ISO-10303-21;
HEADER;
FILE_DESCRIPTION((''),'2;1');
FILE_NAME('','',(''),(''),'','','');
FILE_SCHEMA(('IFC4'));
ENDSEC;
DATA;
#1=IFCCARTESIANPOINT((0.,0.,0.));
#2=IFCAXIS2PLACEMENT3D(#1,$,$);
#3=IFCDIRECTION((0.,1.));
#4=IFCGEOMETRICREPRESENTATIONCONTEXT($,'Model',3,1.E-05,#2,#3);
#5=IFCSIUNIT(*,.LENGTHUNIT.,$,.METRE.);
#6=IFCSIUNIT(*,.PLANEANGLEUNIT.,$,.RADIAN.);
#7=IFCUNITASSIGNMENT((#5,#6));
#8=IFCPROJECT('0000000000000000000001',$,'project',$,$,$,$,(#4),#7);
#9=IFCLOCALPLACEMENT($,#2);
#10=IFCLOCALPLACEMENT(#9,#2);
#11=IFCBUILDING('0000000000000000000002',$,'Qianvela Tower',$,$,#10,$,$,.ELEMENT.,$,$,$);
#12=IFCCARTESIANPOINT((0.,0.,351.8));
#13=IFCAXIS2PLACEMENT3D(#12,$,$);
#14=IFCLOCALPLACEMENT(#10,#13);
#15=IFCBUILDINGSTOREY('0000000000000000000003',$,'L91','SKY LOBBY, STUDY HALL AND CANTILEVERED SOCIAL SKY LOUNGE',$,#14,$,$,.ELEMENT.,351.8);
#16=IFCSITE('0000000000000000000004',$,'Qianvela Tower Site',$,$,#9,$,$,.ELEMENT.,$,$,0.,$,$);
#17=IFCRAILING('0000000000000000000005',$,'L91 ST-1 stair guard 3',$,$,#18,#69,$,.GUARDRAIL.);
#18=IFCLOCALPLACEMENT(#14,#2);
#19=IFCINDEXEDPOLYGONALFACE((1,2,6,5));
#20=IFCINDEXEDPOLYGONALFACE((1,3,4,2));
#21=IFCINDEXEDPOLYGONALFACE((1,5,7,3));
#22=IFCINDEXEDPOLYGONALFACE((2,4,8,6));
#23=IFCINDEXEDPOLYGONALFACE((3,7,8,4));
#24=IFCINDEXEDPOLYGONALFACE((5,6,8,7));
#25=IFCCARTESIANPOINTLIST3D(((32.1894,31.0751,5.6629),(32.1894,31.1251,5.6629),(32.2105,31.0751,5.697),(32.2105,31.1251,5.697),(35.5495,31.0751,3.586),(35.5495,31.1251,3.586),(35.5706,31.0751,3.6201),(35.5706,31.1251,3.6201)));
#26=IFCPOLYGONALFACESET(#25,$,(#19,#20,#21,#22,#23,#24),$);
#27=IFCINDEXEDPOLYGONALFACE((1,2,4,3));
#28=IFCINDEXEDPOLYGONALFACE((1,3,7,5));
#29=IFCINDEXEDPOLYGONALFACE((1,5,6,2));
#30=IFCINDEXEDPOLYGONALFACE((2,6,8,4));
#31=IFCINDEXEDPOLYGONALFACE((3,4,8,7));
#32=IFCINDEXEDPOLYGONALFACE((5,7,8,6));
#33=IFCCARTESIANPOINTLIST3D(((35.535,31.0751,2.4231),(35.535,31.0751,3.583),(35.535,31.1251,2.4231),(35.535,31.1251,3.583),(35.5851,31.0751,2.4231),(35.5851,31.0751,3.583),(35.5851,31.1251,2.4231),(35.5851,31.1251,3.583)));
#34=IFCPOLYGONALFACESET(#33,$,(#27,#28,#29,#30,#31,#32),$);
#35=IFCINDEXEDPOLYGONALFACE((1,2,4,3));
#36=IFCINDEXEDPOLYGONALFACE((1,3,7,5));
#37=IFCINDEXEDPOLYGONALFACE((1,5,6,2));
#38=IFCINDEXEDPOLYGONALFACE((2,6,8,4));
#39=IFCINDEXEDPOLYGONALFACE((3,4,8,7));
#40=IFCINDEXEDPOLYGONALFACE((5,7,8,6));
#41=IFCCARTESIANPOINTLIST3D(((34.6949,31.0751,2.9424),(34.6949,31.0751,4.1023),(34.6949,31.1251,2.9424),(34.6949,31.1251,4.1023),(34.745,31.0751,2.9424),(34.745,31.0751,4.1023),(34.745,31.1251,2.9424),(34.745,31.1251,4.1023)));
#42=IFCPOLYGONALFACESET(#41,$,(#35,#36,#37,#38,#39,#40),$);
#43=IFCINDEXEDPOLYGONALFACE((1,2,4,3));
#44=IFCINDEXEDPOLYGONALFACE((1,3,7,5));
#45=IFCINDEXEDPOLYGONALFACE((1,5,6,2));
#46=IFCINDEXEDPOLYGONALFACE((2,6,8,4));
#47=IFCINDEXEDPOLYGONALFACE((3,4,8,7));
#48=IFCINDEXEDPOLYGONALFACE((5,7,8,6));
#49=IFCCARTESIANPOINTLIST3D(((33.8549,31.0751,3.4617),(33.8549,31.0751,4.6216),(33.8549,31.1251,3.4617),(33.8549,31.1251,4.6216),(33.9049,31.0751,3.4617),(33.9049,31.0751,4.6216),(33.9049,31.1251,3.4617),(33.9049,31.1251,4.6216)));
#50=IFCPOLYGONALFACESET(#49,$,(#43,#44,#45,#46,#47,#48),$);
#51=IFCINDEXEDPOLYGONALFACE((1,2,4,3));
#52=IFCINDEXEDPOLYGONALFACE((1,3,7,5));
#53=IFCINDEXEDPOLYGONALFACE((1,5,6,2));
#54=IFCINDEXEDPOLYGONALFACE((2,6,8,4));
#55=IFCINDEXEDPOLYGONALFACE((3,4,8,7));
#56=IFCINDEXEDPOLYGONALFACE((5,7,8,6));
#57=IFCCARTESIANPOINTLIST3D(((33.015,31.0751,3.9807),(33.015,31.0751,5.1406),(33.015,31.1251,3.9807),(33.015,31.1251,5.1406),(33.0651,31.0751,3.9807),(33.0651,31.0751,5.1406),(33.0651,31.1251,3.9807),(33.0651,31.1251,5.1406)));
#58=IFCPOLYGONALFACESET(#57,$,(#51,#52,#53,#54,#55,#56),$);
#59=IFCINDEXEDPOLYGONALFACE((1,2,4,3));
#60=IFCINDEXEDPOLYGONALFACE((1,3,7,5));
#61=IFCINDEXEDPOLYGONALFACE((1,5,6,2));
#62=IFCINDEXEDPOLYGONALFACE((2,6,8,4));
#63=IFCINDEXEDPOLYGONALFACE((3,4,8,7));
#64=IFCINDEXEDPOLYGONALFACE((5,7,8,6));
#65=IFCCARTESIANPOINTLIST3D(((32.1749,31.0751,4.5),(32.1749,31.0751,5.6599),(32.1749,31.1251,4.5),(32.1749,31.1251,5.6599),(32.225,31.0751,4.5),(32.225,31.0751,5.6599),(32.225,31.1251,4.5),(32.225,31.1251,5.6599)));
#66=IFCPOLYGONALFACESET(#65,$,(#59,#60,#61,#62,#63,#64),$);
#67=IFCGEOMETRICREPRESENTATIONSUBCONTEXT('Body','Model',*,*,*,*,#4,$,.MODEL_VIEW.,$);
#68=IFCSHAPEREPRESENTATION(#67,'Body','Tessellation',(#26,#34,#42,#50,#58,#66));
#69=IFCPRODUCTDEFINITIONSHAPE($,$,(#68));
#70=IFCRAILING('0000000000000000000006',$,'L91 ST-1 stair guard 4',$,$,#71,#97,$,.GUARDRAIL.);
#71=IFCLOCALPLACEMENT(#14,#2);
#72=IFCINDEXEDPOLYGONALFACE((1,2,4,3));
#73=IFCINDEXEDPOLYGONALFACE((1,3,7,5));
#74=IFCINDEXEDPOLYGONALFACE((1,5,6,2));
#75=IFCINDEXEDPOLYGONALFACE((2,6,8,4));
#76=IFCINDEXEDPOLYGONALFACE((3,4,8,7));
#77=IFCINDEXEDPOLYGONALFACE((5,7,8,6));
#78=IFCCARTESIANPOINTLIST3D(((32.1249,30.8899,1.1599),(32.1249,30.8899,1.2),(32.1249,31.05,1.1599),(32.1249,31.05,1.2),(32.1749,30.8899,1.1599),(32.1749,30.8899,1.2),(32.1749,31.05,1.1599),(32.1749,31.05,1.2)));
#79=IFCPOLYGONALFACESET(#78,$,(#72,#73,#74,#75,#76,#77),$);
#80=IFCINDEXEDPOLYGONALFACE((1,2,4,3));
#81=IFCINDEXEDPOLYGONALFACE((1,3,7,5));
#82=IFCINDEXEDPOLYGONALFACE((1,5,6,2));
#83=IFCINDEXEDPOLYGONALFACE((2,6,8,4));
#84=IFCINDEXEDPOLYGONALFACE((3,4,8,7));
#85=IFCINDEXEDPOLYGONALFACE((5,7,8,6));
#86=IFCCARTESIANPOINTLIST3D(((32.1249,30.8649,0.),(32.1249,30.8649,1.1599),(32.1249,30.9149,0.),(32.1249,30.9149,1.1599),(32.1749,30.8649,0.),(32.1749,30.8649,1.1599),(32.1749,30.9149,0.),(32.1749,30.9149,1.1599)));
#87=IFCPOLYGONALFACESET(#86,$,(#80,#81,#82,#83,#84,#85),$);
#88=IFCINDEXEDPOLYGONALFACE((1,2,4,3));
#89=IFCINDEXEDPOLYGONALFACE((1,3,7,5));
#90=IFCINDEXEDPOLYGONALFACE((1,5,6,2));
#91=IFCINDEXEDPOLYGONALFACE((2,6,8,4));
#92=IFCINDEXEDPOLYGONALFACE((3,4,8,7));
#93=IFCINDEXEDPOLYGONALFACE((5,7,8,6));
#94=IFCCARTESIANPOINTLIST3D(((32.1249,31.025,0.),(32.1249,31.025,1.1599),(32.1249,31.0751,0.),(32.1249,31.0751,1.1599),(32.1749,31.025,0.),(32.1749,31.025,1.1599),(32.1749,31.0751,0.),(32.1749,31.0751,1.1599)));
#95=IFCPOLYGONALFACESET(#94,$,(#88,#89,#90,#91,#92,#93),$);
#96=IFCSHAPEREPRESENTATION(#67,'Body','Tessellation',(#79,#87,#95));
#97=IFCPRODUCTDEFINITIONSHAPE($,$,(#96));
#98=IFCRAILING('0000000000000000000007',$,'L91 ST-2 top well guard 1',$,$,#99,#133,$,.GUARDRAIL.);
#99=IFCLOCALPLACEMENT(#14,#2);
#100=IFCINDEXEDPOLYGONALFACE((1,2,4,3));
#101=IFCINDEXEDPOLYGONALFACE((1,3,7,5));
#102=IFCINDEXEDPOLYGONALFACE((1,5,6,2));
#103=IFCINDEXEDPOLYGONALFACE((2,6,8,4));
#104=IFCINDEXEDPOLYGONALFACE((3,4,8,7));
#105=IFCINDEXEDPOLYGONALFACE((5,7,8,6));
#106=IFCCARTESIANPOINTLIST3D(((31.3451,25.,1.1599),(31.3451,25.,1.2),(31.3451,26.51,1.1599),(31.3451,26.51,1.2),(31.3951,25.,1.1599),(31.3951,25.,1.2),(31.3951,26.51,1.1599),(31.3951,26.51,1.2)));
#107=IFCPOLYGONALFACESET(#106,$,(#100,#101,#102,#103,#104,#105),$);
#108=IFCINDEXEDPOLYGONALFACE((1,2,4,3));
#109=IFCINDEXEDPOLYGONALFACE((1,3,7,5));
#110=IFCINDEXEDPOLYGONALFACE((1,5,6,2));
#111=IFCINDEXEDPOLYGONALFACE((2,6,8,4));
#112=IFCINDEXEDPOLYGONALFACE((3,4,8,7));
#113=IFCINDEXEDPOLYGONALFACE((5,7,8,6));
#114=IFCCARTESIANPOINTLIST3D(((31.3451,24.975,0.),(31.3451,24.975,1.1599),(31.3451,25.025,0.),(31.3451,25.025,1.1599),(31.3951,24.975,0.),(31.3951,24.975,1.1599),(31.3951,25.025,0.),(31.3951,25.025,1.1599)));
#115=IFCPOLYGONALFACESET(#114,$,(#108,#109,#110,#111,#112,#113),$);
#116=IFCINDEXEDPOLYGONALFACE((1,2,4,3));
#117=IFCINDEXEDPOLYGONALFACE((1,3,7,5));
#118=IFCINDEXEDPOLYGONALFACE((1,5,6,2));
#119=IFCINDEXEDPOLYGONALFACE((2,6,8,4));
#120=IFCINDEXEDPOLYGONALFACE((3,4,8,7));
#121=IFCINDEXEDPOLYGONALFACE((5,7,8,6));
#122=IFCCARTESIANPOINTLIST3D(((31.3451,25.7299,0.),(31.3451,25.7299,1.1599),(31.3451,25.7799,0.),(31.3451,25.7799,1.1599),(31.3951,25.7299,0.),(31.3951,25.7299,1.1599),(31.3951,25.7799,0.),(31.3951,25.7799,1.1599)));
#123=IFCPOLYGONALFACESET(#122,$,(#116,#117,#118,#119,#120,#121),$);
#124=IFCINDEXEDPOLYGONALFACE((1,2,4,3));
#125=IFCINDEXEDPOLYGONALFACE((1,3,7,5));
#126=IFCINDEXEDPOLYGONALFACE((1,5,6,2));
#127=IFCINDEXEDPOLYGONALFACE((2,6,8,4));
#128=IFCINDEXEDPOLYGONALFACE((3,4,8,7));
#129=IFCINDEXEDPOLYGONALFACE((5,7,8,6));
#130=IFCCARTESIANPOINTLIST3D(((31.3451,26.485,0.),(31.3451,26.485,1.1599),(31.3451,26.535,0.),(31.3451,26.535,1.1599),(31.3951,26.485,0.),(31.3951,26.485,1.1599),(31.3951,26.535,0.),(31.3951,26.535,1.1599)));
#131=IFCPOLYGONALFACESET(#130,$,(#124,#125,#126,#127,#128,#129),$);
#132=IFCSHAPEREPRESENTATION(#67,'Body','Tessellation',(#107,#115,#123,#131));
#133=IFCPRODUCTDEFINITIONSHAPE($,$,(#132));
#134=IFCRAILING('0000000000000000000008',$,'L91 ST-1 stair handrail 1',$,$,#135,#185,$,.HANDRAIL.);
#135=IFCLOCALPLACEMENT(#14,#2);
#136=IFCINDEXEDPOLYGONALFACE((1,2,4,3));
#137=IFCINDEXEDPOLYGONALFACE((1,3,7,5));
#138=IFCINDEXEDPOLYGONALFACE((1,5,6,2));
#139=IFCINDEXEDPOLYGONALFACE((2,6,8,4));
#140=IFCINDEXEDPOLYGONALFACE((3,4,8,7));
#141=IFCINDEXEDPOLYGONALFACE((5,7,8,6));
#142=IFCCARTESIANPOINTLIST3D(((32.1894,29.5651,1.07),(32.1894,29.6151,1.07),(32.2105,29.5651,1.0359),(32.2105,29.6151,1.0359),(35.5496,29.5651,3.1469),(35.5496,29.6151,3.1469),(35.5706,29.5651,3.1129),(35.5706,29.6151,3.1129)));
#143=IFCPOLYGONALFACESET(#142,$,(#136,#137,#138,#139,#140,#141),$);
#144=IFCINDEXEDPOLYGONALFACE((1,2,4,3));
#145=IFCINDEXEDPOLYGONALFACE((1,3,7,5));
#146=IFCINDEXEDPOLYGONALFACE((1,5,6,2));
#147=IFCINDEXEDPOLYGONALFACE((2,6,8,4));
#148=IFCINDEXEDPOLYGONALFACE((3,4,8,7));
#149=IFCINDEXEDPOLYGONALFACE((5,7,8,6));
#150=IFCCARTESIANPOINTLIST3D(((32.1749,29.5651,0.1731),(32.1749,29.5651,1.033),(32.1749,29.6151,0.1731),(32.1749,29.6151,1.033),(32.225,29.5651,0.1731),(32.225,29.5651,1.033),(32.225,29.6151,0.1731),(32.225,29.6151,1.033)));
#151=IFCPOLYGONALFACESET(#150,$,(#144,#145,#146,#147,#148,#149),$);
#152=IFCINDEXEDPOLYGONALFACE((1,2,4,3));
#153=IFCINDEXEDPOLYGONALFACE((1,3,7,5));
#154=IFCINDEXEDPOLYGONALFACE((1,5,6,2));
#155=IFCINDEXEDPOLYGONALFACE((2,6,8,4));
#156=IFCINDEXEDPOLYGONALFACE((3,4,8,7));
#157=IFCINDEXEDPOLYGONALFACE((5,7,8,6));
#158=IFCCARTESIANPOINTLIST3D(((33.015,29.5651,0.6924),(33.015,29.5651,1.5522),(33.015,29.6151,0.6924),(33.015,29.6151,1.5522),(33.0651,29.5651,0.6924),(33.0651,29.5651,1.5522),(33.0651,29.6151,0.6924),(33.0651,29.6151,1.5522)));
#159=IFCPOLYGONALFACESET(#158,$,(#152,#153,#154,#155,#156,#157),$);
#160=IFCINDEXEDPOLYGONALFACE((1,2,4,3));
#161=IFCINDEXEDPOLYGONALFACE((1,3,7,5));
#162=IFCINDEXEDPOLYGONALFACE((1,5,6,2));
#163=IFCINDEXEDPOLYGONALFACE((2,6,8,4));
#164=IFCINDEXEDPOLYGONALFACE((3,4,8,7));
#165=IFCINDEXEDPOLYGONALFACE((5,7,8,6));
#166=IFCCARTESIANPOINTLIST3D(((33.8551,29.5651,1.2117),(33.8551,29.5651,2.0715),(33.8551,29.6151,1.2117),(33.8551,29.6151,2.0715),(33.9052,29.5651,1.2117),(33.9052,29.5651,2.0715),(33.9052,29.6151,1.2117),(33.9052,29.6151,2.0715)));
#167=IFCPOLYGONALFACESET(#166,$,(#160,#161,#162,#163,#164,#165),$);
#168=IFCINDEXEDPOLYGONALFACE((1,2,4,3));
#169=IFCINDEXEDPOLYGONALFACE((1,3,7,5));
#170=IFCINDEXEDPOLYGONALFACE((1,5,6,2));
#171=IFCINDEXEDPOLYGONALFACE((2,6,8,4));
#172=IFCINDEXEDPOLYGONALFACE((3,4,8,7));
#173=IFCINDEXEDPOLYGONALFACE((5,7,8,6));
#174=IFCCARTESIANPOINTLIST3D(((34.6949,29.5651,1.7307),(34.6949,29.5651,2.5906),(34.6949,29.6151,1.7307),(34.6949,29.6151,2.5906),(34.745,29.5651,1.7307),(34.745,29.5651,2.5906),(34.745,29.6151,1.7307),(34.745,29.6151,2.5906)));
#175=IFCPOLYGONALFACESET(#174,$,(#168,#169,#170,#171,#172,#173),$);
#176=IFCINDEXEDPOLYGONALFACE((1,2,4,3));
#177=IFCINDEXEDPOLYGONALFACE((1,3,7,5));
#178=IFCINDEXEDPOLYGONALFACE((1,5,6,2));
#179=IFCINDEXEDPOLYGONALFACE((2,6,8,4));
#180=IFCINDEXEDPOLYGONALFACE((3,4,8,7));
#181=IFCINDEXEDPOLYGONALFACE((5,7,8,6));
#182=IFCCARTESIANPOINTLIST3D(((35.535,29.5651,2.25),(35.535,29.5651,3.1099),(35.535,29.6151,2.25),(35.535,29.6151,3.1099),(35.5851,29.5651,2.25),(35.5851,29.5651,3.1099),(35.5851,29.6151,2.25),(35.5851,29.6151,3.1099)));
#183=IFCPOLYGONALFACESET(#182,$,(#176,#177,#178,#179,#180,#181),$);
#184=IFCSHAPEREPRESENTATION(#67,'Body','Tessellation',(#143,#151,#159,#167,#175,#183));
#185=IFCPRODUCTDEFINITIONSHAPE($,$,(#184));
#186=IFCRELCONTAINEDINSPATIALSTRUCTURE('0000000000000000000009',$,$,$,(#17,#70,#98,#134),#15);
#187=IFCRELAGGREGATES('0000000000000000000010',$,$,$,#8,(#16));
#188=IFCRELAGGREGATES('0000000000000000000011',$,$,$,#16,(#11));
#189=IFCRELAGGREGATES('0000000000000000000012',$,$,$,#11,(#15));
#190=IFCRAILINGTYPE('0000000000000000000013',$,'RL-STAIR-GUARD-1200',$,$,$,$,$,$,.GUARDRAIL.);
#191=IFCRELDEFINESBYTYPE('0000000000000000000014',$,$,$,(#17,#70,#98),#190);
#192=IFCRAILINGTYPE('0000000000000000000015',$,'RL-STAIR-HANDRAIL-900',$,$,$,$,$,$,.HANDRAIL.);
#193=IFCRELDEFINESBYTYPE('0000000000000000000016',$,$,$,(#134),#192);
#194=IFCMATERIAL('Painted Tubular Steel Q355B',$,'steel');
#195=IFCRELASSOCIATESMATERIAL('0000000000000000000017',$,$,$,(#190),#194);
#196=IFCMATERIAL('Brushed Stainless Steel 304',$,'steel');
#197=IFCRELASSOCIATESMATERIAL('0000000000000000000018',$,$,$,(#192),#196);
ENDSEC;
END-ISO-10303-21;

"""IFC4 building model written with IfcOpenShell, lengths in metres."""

from ifc_helpers import new_model, si_unit, direction, frame, origin, origin_2d, place, context, subcontext, project, spatial, rectangle, extrude, material, type_object, element, save


model = new_model("IFC4")

# Units and contexts
model_context = context("Model", 3, precision=1e-05, world=origin(), true_north=direction((0.0, 1.0)))
body_context = subcontext(model_context, "Body", "Model", "MODEL_VIEW")
ifc_project = project(units=[si_unit("LENGTHUNIT", "METRE"), si_unit("PLANEANGLEUNIT", "RADIAN")], contexts=[model_context])

# Site, building, storey
site_placement = place(None, origin())
site = spatial("IfcSite", under=ifc_project, at=site_placement, Name="Qianvela Tower Site", CompositionType="ELEMENT", RefElevation=0.0)
building_placement = place(site_placement, origin())
building = spatial("IfcBuilding", under=site, at=building_placement, Name="Qianvela Tower", CompositionType="ELEMENT")
storey_placement = place(building_placement, frame((0.0, 0.0, 351.8)))
storey = spatial("IfcBuildingStorey", under=building, at=storey_placement, Name="L91", Description="SKY LOBBY, STUDY HALL AND CANTILEVERED SOCIAL SKY LOUNGE", CompositionType="ELEMENT", Elevation=351.8)

# Railings
ifc_material_1 = material(Name="Painted Tubular Steel Q355B", Category="steel")
railing_type_1 = type_object("IfcRailingType", Name="RL-STAIR-GUARD-1200", PredefinedType="GUARDRAIL", material=ifc_material_1)
railing_1_placement = place(storey_placement, frame((35.5601, 31.1001, 2.4231)))
element("IfcRailing", 1, at=railing_1_placement, inside=storey, type_object=railing_type_1, Name="L91 ST-1 stair guard 3", PredefinedType="GUARDRAIL", context=body_context, shape_type="SweptSolid", body=[
    extrude(rectangle(XDim=0.05, YDim=0.04, at=origin_2d()), frame((0.0, 0.0, 1.1799), z_axis=(-0.850623, 0.0, 0.525776), x_axis=(0.0, -1.0, 0.0)), (0.0, 0.0, 1.0), 3.9502),
    extrude(rectangle(XDim=0.05, YDim=0.05, at=origin_2d()), origin(), (0.0, 0.0, 1.0), 1.1599),
    extrude(rectangle(XDim=0.05, YDim=0.05, at=origin_2d()), frame((-0.8401, 0.0, 0.5193)), (0.0, 0.0, 1.0), 1.1599),
    extrude(rectangle(XDim=0.05, YDim=0.05, at=origin_2d()), frame((-1.6802, 0.0, 1.0386)), (0.0, 0.0, 1.0), 1.1599),
    extrude(rectangle(XDim=0.05, YDim=0.05, at=origin_2d()), frame((-2.52, 0.0, 1.5576)), (0.0, 0.0, 1.0), 1.1599),
    extrude(rectangle(XDim=0.05, YDim=0.05, at=origin_2d()), frame((-3.3601, 0.0, 2.0769)), (0.0, 0.0, 1.0), 1.1599),
])
railing_2_placement = place(storey_placement, frame((32.1499, 30.8899, 0.0)))
element("IfcRailing", 2, at=railing_2_placement, inside=storey, type_object=railing_type_1, Name="L91 ST-1 stair guard 4", PredefinedType="GUARDRAIL", context=body_context, shape_type="SweptSolid", body=[
    extrude(rectangle(XDim=0.05, YDim=0.04, at=origin_2d()), frame((0.0, 0.0, 1.1799), z_axis=(0.0, 1.0, 0.0), x_axis=(-1.0, 0.0, 0.0)), (0.0, 0.0, 1.0), 0.1602),
    extrude(rectangle(XDim=0.05, YDim=0.05, at=origin_2d()), origin(), (0.0, 0.0, 1.0), 1.1599),
    extrude(rectangle(XDim=0.05, YDim=0.05, at=origin_2d()), frame((0.0, 0.1602, 0.0)), (0.0, 0.0, 1.0), 1.1599),
])
railing_3_placement = place(storey_placement, frame((31.3701, 25.0, 0.0)))
element("IfcRailing", 3, at=railing_3_placement, inside=storey, type_object=railing_type_1, Name="L91 ST-2 top well guard 1", PredefinedType="GUARDRAIL", context=body_context, shape_type="SweptSolid", body=[
    extrude(rectangle(XDim=0.05, YDim=0.04, at=origin_2d()), frame((0.0, 0.0, 1.1799), z_axis=(0.0, 1.0, 0.0), x_axis=(-1.0, 0.0, 0.0)), (0.0, 0.0, 1.0), 1.51),
    extrude(rectangle(XDim=0.05, YDim=0.05, at=origin_2d()), origin(), (0.0, 0.0, 1.0), 1.1599),
    extrude(rectangle(XDim=0.05, YDim=0.05, at=origin_2d()), frame((0.0, 0.7549, 0.0)), (0.0, 0.0, 1.0), 1.1599),
    extrude(rectangle(XDim=0.05, YDim=0.05, at=origin_2d()), frame((0.0, 1.51, 0.0)), (0.0, 0.0, 1.0), 1.1599),
])
ifc_material_2 = material(Name="Brushed Stainless Steel 304", Category="steel")
railing_type_2 = type_object("IfcRailingType", Name="RL-STAIR-HANDRAIL-900", PredefinedType="HANDRAIL", material=ifc_material_2)
railing_4_placement = place(storey_placement, frame((32.2, 29.5901, 0.1731)))
element("IfcRailing", 4, at=railing_4_placement, inside=storey, type_object=railing_type_2, Name="L91 ST-1 stair handrail 1", PredefinedType="HANDRAIL", context=body_context, shape_type="SweptSolid", body=[
    extrude(rectangle(XDim=0.05, YDim=0.04, at=origin_2d()), frame((0.0, 0.0, 0.8799), z_axis=(0.850623, 0.0, 0.525776), x_axis=(0.0, 1.0, 0.0)), (0.0, 0.0, 1.0), 3.9502),
    extrude(rectangle(XDim=0.05, YDim=0.05, at=origin_2d()), origin(), (0.0, 0.0, 1.0), 0.8599),
    extrude(rectangle(XDim=0.05, YDim=0.05, at=origin_2d()), frame((0.8401, 0.0, 0.5193)), (0.0, 0.0, 1.0), 0.8599),
    extrude(rectangle(XDim=0.05, YDim=0.05, at=origin_2d()), frame((1.6802, 0.0, 1.0386)), (0.0, 0.0, 1.0), 0.8599),
    extrude(rectangle(XDim=0.05, YDim=0.05, at=origin_2d()), frame((2.52, 0.0, 1.5576)), (0.0, 0.0, 1.0), 0.8599),
    extrude(rectangle(XDim=0.05, YDim=0.05, at=origin_2d()), frame((3.3601, 0.0, 2.0769)), (0.0, 0.0, 1.0), 0.8599),
])

save(model, "model.ifc")
